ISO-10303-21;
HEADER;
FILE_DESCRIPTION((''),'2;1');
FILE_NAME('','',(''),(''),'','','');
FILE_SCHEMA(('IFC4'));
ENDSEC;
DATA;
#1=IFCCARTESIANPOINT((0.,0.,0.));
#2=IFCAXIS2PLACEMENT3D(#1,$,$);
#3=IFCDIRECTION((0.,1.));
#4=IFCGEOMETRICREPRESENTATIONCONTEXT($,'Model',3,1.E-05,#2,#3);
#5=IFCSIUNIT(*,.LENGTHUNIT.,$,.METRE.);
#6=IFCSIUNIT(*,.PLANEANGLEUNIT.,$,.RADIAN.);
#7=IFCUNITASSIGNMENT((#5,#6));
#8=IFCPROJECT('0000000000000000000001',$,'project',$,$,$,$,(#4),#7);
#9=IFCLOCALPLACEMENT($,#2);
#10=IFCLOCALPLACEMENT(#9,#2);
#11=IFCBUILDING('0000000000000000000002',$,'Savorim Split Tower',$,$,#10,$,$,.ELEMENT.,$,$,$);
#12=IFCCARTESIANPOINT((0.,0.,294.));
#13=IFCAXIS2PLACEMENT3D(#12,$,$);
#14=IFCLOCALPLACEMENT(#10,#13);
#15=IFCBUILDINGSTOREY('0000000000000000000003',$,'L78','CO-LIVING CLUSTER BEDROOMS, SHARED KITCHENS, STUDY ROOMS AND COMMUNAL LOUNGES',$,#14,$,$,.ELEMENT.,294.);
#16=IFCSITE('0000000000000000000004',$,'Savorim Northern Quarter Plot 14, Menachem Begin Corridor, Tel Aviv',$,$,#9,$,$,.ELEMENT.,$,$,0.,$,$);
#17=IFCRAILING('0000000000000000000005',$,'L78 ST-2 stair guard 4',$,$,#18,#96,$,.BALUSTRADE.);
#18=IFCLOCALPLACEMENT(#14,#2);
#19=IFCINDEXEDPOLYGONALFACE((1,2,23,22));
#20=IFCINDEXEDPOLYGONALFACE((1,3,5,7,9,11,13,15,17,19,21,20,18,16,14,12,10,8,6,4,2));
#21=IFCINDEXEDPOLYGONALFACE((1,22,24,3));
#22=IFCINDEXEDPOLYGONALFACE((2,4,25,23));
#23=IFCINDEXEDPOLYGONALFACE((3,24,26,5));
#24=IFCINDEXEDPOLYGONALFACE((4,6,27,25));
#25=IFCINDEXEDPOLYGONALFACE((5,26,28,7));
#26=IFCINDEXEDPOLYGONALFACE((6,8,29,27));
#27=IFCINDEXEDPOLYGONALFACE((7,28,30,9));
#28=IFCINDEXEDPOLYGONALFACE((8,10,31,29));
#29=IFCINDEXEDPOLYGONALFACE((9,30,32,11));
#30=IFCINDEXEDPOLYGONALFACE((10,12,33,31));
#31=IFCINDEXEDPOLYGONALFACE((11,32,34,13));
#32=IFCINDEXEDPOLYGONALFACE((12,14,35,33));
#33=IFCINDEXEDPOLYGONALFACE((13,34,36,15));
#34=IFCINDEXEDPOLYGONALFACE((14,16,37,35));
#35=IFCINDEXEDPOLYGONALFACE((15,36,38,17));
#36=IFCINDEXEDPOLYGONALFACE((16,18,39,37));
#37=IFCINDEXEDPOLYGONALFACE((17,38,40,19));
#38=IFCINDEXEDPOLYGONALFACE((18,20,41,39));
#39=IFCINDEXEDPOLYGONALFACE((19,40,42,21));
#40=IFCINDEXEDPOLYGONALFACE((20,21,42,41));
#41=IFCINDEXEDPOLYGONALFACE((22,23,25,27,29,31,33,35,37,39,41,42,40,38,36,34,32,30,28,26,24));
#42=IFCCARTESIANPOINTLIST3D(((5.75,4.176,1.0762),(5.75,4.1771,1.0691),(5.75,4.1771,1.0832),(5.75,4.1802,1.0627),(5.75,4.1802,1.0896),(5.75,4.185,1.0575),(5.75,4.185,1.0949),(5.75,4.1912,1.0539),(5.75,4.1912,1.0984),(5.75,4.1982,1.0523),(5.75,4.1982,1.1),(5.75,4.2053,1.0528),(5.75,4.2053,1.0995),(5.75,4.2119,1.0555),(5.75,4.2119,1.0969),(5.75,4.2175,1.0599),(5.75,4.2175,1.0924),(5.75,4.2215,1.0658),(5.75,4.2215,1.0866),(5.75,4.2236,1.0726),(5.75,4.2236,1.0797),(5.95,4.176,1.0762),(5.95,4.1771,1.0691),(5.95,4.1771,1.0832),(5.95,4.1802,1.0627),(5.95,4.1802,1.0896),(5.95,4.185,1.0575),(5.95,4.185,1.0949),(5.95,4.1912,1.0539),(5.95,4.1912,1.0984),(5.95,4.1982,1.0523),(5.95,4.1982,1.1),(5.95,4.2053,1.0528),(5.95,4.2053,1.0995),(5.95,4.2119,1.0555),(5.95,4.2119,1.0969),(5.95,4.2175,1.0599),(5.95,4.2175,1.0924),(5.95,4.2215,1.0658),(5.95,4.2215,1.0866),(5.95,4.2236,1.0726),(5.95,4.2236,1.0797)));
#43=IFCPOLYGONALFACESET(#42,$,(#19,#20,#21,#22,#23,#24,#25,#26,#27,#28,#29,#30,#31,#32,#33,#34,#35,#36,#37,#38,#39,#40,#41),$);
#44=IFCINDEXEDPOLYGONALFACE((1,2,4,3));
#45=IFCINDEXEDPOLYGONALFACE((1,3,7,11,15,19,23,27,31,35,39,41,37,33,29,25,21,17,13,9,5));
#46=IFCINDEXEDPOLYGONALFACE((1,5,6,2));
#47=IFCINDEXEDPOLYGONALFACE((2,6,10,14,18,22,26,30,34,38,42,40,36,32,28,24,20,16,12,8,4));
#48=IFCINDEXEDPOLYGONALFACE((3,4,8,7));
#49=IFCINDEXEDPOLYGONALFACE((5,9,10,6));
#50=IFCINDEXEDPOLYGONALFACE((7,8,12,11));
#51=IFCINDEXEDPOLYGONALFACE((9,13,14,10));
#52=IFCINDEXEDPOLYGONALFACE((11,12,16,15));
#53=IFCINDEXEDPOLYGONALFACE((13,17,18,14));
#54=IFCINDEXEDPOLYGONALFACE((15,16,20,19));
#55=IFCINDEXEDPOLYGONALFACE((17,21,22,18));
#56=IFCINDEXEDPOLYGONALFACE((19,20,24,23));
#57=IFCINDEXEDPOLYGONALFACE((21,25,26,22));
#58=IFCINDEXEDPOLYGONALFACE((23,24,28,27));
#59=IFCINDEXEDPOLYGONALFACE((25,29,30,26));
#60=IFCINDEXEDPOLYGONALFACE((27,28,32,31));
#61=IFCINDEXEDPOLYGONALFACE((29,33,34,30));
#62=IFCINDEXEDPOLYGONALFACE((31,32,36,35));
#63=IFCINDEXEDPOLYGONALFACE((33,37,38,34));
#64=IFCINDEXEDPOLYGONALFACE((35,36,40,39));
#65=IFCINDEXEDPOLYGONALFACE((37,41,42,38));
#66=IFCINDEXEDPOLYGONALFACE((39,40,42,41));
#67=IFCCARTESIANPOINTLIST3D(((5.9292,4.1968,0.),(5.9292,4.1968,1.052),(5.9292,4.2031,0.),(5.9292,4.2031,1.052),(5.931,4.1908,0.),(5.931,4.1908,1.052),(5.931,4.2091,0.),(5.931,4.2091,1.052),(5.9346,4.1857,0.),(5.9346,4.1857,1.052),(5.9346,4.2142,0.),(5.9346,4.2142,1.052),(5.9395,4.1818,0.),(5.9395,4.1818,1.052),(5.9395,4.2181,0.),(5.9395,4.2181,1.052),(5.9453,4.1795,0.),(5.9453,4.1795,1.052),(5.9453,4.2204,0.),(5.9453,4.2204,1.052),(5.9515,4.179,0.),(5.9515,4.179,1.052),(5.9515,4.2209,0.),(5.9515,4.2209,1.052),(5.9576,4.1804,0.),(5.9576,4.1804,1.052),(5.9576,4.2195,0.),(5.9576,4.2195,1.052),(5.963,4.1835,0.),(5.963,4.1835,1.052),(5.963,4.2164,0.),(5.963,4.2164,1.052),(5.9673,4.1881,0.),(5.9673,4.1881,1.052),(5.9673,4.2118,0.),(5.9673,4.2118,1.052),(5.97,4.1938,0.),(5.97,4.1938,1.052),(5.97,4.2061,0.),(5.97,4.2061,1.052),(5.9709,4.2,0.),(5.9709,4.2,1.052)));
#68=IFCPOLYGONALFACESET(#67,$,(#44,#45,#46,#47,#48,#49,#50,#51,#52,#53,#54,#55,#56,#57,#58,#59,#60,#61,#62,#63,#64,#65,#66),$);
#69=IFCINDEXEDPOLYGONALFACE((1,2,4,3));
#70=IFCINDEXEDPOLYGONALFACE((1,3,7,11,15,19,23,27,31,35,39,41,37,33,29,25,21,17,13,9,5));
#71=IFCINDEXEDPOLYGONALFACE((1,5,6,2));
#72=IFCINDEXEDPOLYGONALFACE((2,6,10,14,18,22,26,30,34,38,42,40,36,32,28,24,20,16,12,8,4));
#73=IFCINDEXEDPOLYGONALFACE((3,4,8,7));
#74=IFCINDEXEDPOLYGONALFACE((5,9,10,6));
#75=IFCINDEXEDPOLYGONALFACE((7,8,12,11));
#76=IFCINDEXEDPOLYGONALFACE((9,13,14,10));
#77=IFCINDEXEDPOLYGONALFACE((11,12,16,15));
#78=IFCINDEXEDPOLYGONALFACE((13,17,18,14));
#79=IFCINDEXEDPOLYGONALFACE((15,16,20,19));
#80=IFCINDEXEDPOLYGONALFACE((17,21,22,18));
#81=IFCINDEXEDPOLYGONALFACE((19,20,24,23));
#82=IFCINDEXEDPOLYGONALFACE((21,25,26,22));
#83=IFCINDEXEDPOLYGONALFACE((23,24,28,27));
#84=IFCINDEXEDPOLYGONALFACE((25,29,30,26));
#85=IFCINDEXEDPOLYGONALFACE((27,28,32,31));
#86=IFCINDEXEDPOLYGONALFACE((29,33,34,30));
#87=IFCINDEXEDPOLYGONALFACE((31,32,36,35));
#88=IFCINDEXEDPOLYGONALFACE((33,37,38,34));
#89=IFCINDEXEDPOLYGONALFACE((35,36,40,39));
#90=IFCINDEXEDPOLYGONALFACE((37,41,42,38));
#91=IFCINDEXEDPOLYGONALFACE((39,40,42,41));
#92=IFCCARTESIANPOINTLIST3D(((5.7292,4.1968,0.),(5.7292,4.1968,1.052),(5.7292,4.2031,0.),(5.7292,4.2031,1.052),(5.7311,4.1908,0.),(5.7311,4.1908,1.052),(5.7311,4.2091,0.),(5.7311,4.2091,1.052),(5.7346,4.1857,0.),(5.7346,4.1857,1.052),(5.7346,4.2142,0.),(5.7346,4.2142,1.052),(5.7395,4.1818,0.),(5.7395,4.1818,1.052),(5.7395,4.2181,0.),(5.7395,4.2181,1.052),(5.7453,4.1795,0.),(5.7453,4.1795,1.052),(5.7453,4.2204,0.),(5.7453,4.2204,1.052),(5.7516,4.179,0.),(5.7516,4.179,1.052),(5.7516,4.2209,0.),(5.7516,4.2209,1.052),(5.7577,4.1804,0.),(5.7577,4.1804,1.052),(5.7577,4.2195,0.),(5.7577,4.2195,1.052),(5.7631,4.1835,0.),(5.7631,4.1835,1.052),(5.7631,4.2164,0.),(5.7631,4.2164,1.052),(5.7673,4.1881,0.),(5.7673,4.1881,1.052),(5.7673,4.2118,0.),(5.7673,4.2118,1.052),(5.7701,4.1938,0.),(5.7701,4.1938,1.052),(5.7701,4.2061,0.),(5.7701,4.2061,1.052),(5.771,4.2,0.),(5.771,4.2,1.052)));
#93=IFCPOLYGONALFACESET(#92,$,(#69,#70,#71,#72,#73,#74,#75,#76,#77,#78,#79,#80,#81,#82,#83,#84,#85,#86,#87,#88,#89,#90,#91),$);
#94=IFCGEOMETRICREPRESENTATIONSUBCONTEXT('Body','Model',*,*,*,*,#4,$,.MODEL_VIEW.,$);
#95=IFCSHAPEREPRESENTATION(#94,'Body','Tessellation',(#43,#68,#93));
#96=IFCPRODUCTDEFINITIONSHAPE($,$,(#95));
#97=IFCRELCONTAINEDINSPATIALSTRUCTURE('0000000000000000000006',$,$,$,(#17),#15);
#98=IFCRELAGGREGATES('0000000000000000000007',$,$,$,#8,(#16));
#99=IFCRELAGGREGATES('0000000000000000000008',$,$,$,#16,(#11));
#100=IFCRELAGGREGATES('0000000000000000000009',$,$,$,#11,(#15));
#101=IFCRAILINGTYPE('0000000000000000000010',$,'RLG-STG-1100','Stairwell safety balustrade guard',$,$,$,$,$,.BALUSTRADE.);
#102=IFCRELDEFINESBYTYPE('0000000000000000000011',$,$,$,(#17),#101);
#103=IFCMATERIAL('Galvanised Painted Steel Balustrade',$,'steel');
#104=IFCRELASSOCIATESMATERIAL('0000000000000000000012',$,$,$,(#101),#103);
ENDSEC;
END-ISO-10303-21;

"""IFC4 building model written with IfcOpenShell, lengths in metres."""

from ifc_helpers import new_model, si_unit, direction, frame, origin, origin_2d, place, context, subcontext, project, spatial, circle, extrude, material, type_object, element, save


model = new_model("IFC4")

# Units and contexts
model_context = context("Model", 3, precision=1e-05, world=origin(), true_north=direction((0.0, 1.0)))
body_context = subcontext(model_context, "Body", "Model", "MODEL_VIEW")
ifc_project = project(units=[si_unit("LENGTHUNIT", "METRE"), si_unit("PLANEANGLEUNIT", "RADIAN")], contexts=[model_context])

# Site, building, storey
site_placement = place(None, origin())
site = spatial("IfcSite", under=ifc_project, at=site_placement, Name="Savorim Northern Quarter Plot 14, Menachem Begin Corridor, Tel Aviv", CompositionType="ELEMENT", RefElevation=0.0)
building_placement = place(site_placement, origin())
building = spatial("IfcBuilding", under=site, at=building_placement, Name="Savorim Split Tower", CompositionType="ELEMENT")
storey_placement = place(building_placement, frame((0.0, 0.0, 294.0)))
storey = spatial("IfcBuildingStorey", under=building, at=storey_placement, Name="L78", Description="CO-LIVING CLUSTER BEDROOMS, SHARED KITCHENS, STUDY ROOMS AND COMMUNAL LOUNGES", CompositionType="ELEMENT", Elevation=294.0)

# Railing
ifc_material_1 = material(Name="Galvanised Painted Steel Balustrade", Category="steel")
railing_type_1 = type_object("IfcRailingType", Name="RLG-STG-1100", Description="Stairwell safety balustrade guard", PredefinedType="BALUSTRADE", material=ifc_material_1)
railing_1_placement = place(storey_placement, frame((5.95, 4.2, 0.0)))
element("IfcRailing", 1, at=railing_1_placement, inside=storey, type_object=railing_type_1, Name="L78 ST-2 stair guard 4", PredefinedType="BALUSTRADE", context=body_context, shape_type="SweptSolid", body=[
    extrude(circle(Radius=0.0239, at=origin_2d()), frame((0.0, 0.0, 1.0762), z_axis=(-1.0, 0.0, 0.0), x_axis=(0.0, -1.0, 0.0)), (0.0, 0.0, 1.0), 0.2),
    extrude(circle(Radius=0.021, at=origin_2d()), origin(), (0.0, 0.0, 1.0), 1.052),
    extrude(circle(Radius=0.021, at=origin_2d()), frame((-0.2, 0.0, 0.0)), (0.0, 0.0, 1.0), 1.052),
])

save(model, "model.ifc")
